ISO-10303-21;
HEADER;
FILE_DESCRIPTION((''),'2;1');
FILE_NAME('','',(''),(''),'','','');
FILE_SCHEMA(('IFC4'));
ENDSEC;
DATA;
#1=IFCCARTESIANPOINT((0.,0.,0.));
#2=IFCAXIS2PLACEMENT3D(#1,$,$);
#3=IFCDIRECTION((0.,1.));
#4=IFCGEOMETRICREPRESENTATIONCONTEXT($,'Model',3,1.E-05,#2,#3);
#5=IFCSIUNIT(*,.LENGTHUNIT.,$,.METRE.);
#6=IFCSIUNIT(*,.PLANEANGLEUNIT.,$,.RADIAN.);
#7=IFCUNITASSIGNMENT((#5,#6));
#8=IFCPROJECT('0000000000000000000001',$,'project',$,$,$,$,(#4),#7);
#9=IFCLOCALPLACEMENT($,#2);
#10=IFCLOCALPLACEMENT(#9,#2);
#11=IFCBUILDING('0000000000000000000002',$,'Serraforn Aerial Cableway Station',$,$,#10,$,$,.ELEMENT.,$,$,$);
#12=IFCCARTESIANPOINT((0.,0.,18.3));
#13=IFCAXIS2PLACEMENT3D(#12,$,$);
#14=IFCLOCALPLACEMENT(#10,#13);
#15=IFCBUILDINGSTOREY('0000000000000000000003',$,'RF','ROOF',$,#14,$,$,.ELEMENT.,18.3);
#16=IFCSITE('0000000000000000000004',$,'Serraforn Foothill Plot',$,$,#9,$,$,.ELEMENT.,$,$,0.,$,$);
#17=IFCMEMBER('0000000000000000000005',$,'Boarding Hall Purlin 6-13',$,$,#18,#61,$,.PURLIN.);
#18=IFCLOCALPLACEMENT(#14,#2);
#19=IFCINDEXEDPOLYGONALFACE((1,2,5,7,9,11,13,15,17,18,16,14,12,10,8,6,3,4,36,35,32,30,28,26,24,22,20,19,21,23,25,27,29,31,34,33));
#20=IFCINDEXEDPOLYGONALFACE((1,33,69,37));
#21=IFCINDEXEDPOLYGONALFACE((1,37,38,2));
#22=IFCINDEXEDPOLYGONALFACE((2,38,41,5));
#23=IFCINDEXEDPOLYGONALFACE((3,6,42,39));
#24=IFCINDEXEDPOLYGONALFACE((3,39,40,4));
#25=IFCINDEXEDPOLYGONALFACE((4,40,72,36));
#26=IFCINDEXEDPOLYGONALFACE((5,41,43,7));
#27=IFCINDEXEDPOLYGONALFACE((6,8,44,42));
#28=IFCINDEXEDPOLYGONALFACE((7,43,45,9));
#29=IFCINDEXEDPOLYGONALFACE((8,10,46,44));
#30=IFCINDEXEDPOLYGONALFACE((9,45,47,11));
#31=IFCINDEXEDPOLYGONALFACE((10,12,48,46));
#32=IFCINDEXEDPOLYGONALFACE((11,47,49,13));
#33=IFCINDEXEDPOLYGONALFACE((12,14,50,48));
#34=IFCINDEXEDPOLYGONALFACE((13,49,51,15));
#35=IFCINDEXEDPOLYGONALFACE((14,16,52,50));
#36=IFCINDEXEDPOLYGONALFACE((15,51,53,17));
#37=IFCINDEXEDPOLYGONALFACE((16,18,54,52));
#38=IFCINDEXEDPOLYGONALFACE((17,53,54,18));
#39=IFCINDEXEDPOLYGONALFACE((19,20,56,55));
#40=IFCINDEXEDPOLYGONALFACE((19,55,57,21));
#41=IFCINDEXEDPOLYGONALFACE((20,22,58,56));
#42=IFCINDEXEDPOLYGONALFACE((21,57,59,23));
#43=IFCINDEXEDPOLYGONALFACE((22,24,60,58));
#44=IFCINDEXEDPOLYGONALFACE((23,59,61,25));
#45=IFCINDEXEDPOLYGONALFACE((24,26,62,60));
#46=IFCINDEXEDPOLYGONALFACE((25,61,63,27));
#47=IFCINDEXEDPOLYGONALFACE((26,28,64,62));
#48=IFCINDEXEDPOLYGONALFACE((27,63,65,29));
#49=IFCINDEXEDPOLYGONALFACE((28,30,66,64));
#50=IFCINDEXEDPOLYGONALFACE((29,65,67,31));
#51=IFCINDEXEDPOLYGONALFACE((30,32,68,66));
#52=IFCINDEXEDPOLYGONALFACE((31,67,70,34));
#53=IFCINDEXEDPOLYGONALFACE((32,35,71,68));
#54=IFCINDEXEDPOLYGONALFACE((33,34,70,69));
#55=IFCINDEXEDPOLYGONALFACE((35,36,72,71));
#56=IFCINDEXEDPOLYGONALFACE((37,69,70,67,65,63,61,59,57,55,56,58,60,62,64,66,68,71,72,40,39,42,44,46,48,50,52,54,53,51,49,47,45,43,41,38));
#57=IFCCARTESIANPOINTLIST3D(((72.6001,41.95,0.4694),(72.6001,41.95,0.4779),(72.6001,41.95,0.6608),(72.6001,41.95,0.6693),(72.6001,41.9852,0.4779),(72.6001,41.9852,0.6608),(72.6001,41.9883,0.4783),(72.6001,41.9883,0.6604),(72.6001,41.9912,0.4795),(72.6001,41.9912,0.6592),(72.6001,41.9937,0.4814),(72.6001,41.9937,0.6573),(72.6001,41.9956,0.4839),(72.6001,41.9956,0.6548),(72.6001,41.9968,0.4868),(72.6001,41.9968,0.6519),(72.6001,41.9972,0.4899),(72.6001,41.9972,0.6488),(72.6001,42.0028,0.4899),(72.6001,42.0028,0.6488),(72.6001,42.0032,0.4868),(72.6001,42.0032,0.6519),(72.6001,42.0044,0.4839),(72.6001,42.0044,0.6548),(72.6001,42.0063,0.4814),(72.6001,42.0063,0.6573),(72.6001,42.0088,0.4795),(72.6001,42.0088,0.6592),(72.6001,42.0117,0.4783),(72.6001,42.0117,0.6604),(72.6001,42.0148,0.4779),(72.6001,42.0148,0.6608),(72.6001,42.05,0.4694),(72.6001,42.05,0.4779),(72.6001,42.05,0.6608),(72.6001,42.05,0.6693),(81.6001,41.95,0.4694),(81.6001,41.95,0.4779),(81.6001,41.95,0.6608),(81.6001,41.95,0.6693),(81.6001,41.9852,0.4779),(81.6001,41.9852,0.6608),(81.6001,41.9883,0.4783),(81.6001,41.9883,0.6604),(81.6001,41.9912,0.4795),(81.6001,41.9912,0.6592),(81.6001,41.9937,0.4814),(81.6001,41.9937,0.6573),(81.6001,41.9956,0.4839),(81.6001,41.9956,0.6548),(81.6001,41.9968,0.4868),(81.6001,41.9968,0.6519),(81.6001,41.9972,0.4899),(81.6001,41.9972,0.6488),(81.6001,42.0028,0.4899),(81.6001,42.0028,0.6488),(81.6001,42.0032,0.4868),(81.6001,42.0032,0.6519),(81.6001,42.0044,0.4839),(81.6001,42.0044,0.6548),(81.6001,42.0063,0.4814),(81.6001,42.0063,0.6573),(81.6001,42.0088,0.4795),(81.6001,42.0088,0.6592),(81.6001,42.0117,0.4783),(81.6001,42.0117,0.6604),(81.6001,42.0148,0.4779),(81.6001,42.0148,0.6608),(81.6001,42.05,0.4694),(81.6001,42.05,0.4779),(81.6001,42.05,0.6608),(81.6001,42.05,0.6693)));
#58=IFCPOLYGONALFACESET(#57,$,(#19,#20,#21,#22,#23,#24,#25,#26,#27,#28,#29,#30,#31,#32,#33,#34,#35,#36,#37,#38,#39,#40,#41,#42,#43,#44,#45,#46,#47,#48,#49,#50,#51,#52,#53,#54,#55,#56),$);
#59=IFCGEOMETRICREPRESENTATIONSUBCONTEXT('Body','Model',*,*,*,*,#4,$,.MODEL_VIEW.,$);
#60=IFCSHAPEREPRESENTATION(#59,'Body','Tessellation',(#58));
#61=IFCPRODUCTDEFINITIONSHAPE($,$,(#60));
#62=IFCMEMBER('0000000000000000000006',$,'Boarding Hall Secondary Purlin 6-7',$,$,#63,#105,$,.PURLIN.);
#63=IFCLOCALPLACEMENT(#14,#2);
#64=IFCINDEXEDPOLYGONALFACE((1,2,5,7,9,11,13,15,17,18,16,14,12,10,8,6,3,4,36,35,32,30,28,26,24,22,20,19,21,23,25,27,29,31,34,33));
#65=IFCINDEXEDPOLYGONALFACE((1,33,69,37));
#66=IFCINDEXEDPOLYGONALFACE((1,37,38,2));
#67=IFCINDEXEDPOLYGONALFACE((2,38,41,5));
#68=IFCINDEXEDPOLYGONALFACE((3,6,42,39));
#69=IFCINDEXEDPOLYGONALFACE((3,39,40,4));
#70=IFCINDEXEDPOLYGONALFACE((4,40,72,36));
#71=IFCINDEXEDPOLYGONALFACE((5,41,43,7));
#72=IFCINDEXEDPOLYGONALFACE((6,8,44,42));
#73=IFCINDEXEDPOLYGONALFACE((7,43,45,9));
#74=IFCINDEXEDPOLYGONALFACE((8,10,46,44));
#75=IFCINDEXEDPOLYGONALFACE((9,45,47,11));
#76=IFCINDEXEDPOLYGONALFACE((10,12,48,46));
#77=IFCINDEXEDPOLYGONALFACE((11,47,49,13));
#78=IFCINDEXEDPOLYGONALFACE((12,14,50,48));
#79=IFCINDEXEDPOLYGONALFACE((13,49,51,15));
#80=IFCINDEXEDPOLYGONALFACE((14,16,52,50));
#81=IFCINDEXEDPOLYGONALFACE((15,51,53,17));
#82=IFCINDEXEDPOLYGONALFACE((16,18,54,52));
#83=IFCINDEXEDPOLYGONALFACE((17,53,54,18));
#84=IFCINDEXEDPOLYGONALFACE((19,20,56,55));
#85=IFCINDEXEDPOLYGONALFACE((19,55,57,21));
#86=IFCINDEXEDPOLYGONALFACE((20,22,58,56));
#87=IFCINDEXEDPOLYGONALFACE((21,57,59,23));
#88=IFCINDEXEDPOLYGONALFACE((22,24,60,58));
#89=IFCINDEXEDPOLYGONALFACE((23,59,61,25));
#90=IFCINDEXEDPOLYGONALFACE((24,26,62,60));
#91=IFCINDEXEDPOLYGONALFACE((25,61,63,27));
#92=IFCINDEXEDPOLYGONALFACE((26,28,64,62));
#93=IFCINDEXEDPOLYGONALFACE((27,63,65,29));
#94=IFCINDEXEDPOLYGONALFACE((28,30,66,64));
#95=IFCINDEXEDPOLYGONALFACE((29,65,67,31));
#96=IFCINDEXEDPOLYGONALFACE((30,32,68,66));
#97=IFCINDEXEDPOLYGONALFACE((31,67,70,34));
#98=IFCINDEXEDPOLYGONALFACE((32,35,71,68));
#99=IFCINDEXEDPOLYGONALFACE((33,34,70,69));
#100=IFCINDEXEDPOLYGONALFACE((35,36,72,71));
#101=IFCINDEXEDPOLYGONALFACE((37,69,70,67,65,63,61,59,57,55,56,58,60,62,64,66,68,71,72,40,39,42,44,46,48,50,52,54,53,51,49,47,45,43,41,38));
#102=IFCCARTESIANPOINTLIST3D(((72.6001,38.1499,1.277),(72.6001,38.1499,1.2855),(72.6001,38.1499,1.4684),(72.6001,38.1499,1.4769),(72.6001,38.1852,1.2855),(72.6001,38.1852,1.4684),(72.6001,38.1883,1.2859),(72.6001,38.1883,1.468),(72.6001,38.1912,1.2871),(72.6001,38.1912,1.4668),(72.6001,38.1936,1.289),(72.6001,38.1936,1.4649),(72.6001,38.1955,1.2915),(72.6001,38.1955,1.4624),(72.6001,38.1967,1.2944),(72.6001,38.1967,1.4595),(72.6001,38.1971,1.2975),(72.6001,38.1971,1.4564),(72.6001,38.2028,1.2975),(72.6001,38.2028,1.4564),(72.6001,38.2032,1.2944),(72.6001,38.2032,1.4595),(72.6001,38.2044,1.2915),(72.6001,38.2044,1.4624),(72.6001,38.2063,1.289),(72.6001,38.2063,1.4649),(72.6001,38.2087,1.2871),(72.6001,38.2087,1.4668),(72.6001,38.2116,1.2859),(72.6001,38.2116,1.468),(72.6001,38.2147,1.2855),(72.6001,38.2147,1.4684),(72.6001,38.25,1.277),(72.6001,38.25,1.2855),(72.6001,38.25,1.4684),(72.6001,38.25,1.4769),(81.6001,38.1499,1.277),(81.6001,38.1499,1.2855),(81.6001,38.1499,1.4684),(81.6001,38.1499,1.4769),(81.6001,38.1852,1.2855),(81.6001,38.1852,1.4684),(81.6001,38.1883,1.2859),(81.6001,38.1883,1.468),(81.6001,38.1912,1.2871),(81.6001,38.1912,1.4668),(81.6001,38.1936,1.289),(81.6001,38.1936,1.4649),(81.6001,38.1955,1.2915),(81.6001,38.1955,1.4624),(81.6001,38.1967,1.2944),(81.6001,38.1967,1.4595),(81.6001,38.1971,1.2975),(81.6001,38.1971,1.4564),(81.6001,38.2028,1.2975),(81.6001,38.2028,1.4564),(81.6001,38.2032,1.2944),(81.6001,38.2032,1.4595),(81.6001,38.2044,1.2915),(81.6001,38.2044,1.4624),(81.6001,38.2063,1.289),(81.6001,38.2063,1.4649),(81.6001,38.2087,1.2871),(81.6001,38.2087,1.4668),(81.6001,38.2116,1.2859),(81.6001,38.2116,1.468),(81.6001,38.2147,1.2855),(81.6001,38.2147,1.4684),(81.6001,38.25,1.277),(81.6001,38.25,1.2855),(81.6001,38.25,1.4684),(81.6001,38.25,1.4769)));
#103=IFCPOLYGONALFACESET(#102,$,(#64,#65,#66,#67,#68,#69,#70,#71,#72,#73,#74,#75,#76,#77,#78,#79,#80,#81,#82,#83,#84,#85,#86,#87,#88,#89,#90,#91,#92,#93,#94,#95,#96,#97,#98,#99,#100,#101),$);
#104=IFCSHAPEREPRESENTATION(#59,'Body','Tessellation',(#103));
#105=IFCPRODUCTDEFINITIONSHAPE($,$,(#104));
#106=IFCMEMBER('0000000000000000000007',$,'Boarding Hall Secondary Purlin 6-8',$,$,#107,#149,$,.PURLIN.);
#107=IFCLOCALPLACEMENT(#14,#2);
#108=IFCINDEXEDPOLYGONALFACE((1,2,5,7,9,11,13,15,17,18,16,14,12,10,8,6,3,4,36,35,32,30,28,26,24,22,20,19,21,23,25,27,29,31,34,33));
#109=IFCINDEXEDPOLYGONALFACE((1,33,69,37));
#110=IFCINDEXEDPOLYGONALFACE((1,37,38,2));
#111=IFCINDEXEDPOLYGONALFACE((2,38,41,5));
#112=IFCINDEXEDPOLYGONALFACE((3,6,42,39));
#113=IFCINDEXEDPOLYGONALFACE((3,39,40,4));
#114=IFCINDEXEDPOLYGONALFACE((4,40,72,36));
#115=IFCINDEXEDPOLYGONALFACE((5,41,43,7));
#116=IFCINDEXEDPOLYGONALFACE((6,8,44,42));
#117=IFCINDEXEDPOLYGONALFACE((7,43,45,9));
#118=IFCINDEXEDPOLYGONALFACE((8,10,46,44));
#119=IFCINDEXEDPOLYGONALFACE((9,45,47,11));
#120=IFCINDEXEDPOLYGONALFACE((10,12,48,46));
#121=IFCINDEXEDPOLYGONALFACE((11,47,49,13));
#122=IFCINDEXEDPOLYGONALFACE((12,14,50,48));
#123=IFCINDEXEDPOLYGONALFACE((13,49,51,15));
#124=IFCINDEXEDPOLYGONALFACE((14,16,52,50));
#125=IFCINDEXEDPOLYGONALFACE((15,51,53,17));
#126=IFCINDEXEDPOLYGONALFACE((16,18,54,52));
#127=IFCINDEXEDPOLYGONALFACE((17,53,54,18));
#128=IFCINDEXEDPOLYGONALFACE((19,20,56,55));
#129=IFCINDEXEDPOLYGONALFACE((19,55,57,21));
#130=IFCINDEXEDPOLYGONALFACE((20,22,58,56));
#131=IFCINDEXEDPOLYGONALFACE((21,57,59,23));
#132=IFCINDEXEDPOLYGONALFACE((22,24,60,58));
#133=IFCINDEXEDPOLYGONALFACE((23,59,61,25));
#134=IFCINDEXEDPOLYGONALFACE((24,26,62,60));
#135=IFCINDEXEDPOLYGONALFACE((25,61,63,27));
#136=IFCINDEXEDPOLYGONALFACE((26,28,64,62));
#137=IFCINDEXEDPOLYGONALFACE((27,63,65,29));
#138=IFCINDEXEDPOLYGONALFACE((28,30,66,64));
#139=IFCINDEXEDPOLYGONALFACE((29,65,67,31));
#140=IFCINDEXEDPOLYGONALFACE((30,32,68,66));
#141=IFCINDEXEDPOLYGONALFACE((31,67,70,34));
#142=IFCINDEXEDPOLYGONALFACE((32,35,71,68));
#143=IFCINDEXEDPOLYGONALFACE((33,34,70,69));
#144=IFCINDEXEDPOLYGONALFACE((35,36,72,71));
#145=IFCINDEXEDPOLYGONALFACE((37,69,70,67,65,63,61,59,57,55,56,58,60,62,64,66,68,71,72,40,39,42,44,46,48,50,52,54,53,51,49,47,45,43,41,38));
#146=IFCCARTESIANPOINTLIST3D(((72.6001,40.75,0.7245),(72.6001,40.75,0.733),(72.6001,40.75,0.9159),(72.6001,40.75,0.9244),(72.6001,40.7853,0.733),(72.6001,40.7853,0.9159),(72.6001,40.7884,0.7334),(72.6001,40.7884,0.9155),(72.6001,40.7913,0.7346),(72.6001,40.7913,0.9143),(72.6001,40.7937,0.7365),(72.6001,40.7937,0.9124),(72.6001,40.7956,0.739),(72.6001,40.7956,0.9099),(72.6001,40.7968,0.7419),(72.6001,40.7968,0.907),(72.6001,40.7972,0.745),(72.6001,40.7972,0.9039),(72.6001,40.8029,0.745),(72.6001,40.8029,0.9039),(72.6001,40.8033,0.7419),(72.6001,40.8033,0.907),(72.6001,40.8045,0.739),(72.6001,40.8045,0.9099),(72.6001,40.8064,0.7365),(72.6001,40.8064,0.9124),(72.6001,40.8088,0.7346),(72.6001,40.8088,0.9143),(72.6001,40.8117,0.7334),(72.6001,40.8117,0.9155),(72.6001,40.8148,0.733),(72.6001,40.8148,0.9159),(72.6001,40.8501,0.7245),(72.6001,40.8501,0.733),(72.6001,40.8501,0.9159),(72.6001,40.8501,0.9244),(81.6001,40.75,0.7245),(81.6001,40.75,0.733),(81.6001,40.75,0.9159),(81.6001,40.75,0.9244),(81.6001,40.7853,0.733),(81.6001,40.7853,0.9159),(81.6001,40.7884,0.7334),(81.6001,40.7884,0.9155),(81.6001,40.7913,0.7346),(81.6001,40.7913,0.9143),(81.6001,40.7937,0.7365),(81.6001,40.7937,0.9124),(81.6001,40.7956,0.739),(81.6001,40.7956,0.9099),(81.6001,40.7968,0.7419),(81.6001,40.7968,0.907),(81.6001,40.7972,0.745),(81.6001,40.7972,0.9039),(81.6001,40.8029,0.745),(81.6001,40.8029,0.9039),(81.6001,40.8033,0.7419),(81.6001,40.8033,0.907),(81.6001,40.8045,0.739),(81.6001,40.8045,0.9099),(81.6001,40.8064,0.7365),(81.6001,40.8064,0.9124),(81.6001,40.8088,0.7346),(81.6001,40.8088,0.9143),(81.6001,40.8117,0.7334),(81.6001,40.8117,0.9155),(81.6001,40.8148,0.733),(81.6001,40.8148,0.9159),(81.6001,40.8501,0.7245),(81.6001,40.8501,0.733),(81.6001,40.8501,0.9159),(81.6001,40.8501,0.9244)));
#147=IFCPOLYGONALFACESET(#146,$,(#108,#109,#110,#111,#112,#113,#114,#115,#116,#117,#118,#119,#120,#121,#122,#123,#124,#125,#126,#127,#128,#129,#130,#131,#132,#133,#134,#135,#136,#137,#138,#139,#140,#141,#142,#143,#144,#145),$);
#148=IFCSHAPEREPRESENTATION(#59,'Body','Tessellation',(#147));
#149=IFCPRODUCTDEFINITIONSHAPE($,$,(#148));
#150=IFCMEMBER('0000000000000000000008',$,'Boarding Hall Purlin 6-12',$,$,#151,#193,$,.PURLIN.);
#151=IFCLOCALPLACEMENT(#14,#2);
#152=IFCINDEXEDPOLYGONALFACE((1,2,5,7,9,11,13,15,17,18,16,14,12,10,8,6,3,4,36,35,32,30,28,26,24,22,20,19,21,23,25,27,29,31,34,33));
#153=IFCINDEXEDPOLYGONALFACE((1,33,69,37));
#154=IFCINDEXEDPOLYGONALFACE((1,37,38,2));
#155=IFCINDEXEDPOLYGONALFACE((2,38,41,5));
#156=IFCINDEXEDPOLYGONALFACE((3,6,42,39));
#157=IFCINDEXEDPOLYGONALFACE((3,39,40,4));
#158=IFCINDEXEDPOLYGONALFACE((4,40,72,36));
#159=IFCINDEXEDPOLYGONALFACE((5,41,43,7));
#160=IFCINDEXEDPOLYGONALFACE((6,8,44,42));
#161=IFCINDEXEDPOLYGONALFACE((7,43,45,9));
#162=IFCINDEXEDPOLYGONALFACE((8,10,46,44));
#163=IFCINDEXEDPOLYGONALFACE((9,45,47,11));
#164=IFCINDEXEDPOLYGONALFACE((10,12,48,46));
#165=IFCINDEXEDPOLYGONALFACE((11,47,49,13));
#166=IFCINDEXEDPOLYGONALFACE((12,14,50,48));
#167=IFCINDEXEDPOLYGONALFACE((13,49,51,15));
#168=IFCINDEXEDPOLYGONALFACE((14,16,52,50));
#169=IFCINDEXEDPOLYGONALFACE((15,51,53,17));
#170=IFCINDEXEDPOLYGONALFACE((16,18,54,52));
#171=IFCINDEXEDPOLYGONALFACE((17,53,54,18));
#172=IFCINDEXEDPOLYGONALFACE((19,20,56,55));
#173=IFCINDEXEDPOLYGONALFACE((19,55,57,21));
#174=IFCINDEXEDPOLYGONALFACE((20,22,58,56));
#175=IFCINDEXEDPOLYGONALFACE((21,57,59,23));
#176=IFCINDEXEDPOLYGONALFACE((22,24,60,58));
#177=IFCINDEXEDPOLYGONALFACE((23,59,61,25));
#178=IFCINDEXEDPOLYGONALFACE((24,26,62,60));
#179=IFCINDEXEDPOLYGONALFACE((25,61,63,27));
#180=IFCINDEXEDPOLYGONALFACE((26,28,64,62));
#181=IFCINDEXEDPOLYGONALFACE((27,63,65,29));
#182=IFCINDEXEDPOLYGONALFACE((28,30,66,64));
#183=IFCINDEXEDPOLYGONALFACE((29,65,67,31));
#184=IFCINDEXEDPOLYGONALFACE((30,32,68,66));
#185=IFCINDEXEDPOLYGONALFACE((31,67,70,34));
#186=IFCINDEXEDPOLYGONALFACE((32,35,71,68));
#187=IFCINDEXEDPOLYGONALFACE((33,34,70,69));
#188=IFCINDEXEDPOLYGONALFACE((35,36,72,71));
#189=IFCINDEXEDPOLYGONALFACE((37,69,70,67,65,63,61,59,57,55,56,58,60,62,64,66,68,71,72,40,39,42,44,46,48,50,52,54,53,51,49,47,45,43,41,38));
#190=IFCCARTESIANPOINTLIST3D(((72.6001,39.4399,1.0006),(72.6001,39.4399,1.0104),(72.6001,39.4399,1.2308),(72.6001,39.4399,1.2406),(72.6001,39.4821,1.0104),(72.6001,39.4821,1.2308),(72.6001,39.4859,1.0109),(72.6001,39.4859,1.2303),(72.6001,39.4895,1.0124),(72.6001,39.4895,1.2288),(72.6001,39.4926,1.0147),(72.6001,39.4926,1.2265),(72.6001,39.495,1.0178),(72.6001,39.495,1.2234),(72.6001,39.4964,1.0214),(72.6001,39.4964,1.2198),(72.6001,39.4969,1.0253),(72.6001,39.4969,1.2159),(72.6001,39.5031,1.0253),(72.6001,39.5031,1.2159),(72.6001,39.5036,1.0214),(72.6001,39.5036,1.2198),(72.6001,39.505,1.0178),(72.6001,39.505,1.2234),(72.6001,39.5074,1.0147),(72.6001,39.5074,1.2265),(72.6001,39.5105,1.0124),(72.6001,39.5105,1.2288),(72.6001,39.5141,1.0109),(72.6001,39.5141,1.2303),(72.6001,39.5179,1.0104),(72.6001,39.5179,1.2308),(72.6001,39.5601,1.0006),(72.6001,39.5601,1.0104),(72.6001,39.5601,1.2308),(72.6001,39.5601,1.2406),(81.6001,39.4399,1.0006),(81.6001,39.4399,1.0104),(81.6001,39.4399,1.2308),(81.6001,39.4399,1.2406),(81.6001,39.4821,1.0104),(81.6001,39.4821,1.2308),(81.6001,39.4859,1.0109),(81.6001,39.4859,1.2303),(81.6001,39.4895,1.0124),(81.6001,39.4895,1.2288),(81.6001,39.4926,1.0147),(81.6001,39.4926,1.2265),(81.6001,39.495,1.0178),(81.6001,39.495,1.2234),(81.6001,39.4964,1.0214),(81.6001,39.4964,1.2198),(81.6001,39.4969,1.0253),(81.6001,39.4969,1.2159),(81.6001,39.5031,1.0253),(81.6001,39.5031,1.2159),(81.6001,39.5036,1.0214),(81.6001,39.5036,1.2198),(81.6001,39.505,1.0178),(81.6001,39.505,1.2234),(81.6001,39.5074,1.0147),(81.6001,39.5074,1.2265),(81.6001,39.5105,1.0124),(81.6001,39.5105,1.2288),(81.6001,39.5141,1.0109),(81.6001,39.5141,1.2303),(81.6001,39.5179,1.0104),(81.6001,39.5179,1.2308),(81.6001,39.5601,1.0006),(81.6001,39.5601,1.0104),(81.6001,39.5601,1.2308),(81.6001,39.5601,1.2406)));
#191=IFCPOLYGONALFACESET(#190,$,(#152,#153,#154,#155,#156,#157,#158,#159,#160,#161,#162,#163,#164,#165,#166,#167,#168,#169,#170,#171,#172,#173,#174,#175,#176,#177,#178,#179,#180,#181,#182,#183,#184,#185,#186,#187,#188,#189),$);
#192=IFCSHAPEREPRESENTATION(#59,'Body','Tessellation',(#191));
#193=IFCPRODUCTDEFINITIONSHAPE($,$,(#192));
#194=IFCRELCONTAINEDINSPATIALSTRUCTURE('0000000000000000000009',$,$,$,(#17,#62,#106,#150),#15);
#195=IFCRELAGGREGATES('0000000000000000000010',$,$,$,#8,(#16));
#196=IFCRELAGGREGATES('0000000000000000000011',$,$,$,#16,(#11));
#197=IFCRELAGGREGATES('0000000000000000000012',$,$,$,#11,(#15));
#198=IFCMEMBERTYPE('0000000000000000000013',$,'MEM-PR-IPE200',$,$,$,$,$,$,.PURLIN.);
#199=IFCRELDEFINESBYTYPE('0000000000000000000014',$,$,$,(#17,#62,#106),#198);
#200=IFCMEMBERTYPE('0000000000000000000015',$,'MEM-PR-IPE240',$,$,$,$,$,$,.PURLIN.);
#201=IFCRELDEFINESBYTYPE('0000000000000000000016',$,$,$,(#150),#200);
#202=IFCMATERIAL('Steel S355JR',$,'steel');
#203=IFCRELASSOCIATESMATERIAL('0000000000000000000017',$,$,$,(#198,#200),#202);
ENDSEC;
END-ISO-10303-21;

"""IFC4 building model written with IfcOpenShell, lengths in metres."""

from ifc_helpers import new_model, si_unit, direction, frame, origin, origin_2d, place, context, subcontext, project, spatial, i_section, extrude, material, material_profile, profile_set, type_object, element, save


model = new_model("IFC4")

# Units and contexts
model_context = context("Model", 3, precision=1e-05, world=origin(), true_north=direction((0.0, 1.0)))
body_context = subcontext(model_context, "Body", "Model", "MODEL_VIEW")
ifc_project = project(units=[si_unit("LENGTHUNIT", "METRE"), si_unit("PLANEANGLEUNIT", "RADIAN")], contexts=[model_context])

# Site, building, storey
site_placement = place(None, origin())
site = spatial("IfcSite", under=ifc_project, at=site_placement, Name="Serraforn Foothill Plot", CompositionType="ELEMENT", RefElevation=0.0)
building_placement = place(site_placement, origin())
building = spatial("IfcBuilding", under=site, at=building_placement, Name="Serraforn Aerial Cableway Station", CompositionType="ELEMENT")
storey_placement = place(building_placement, frame((0.0, 0.0, 18.3)))
storey = spatial("IfcBuildingStorey", under=building, at=storey_placement, Name="RF", Description="ROOF", CompositionType="ELEMENT", Elevation=18.3)

# Members
ifc_material_1 = material(Name="Steel S355JR", Category="steel")
ifc_material_profile_1 = material_profile(ifc_material_1, i_section(OverallWidth=0.1001, OverallDepth=0.2, WebThickness=0.0056, FlangeThickness=0.0085, FilletRadius=0.012, at=origin_2d()), Name="IPE 200")
ifc_profile_set_1 = profile_set([ifc_material_profile_1], Name="Steel S355JR")
member_type_1 = type_object("IfcMemberType", Name="MEM-PR-IPE200", PredefinedType="PURLIN", material=ifc_profile_set_1)
for number, where, z_axis, x_axis, name in (
    (1, (72.6001, 42.0, 0.5693), (1.0, 0.0, 0.0), (0.0, 1.0, 0.0), "Boarding Hall Purlin 6-13"),
    (2, (72.6001, 38.2, 1.377), (1.0, 0.0, 0.0), (0.0, 1.0, 0.0), "Boarding Hall Secondary Purlin 6-7"),
    (3, (72.6001, 40.8, 0.8245), (1.0, 0.0, 0.0), (0.0, 1.0, 0.0), "Boarding Hall Secondary Purlin 6-8"),
):
    element("IfcMember", number, at=place(storey_placement, frame(where, z_axis=z_axis, x_axis=x_axis)), inside=storey, type_object=member_type_1, Name=name, PredefinedType="PURLIN", context=body_context, shape_type="SweptSolid", body=[
        extrude(i_section(OverallWidth=0.1001, OverallDepth=0.2, WebThickness=0.0056, FlangeThickness=0.0085, FilletRadius=0.012, at=origin_2d()), origin(), (0.0, 0.0, 1.0), 9.0),
    ])
ifc_material_profile_2 = material_profile(ifc_material_1, i_section(OverallWidth=0.1201, OverallDepth=0.24, WebThickness=0.0061, FlangeThickness=0.0098, FilletRadius=0.0149, at=origin_2d()), Name="IPE 240")
ifc_profile_set_2 = profile_set([ifc_material_profile_2], Name="Steel S355JR")
member_type_2 = type_object("IfcMemberType", Name="MEM-PR-IPE240", PredefinedType="PURLIN", material=ifc_profile_set_2)
for number, where, z_axis, x_axis, name in (
    (4, (72.6001, 39.5, 1.1206), (1.0, 0.0, 0.0), (0.0, 1.0, 0.0), "Boarding Hall Purlin 6-12"),
):
    element("IfcMember", number, at=place(storey_placement, frame(where, z_axis=z_axis, x_axis=x_axis)), inside=storey, type_object=member_type_2, Name=name, PredefinedType="PURLIN", context=body_context, shape_type="SweptSolid", body=[
        extrude(i_section(OverallWidth=0.1201, OverallDepth=0.24, WebThickness=0.0061, FlangeThickness=0.0098, FilletRadius=0.0149, at=origin_2d()), origin(), (0.0, 0.0, 1.0), 9.0),
    ])

save(model, "model.ifc")
